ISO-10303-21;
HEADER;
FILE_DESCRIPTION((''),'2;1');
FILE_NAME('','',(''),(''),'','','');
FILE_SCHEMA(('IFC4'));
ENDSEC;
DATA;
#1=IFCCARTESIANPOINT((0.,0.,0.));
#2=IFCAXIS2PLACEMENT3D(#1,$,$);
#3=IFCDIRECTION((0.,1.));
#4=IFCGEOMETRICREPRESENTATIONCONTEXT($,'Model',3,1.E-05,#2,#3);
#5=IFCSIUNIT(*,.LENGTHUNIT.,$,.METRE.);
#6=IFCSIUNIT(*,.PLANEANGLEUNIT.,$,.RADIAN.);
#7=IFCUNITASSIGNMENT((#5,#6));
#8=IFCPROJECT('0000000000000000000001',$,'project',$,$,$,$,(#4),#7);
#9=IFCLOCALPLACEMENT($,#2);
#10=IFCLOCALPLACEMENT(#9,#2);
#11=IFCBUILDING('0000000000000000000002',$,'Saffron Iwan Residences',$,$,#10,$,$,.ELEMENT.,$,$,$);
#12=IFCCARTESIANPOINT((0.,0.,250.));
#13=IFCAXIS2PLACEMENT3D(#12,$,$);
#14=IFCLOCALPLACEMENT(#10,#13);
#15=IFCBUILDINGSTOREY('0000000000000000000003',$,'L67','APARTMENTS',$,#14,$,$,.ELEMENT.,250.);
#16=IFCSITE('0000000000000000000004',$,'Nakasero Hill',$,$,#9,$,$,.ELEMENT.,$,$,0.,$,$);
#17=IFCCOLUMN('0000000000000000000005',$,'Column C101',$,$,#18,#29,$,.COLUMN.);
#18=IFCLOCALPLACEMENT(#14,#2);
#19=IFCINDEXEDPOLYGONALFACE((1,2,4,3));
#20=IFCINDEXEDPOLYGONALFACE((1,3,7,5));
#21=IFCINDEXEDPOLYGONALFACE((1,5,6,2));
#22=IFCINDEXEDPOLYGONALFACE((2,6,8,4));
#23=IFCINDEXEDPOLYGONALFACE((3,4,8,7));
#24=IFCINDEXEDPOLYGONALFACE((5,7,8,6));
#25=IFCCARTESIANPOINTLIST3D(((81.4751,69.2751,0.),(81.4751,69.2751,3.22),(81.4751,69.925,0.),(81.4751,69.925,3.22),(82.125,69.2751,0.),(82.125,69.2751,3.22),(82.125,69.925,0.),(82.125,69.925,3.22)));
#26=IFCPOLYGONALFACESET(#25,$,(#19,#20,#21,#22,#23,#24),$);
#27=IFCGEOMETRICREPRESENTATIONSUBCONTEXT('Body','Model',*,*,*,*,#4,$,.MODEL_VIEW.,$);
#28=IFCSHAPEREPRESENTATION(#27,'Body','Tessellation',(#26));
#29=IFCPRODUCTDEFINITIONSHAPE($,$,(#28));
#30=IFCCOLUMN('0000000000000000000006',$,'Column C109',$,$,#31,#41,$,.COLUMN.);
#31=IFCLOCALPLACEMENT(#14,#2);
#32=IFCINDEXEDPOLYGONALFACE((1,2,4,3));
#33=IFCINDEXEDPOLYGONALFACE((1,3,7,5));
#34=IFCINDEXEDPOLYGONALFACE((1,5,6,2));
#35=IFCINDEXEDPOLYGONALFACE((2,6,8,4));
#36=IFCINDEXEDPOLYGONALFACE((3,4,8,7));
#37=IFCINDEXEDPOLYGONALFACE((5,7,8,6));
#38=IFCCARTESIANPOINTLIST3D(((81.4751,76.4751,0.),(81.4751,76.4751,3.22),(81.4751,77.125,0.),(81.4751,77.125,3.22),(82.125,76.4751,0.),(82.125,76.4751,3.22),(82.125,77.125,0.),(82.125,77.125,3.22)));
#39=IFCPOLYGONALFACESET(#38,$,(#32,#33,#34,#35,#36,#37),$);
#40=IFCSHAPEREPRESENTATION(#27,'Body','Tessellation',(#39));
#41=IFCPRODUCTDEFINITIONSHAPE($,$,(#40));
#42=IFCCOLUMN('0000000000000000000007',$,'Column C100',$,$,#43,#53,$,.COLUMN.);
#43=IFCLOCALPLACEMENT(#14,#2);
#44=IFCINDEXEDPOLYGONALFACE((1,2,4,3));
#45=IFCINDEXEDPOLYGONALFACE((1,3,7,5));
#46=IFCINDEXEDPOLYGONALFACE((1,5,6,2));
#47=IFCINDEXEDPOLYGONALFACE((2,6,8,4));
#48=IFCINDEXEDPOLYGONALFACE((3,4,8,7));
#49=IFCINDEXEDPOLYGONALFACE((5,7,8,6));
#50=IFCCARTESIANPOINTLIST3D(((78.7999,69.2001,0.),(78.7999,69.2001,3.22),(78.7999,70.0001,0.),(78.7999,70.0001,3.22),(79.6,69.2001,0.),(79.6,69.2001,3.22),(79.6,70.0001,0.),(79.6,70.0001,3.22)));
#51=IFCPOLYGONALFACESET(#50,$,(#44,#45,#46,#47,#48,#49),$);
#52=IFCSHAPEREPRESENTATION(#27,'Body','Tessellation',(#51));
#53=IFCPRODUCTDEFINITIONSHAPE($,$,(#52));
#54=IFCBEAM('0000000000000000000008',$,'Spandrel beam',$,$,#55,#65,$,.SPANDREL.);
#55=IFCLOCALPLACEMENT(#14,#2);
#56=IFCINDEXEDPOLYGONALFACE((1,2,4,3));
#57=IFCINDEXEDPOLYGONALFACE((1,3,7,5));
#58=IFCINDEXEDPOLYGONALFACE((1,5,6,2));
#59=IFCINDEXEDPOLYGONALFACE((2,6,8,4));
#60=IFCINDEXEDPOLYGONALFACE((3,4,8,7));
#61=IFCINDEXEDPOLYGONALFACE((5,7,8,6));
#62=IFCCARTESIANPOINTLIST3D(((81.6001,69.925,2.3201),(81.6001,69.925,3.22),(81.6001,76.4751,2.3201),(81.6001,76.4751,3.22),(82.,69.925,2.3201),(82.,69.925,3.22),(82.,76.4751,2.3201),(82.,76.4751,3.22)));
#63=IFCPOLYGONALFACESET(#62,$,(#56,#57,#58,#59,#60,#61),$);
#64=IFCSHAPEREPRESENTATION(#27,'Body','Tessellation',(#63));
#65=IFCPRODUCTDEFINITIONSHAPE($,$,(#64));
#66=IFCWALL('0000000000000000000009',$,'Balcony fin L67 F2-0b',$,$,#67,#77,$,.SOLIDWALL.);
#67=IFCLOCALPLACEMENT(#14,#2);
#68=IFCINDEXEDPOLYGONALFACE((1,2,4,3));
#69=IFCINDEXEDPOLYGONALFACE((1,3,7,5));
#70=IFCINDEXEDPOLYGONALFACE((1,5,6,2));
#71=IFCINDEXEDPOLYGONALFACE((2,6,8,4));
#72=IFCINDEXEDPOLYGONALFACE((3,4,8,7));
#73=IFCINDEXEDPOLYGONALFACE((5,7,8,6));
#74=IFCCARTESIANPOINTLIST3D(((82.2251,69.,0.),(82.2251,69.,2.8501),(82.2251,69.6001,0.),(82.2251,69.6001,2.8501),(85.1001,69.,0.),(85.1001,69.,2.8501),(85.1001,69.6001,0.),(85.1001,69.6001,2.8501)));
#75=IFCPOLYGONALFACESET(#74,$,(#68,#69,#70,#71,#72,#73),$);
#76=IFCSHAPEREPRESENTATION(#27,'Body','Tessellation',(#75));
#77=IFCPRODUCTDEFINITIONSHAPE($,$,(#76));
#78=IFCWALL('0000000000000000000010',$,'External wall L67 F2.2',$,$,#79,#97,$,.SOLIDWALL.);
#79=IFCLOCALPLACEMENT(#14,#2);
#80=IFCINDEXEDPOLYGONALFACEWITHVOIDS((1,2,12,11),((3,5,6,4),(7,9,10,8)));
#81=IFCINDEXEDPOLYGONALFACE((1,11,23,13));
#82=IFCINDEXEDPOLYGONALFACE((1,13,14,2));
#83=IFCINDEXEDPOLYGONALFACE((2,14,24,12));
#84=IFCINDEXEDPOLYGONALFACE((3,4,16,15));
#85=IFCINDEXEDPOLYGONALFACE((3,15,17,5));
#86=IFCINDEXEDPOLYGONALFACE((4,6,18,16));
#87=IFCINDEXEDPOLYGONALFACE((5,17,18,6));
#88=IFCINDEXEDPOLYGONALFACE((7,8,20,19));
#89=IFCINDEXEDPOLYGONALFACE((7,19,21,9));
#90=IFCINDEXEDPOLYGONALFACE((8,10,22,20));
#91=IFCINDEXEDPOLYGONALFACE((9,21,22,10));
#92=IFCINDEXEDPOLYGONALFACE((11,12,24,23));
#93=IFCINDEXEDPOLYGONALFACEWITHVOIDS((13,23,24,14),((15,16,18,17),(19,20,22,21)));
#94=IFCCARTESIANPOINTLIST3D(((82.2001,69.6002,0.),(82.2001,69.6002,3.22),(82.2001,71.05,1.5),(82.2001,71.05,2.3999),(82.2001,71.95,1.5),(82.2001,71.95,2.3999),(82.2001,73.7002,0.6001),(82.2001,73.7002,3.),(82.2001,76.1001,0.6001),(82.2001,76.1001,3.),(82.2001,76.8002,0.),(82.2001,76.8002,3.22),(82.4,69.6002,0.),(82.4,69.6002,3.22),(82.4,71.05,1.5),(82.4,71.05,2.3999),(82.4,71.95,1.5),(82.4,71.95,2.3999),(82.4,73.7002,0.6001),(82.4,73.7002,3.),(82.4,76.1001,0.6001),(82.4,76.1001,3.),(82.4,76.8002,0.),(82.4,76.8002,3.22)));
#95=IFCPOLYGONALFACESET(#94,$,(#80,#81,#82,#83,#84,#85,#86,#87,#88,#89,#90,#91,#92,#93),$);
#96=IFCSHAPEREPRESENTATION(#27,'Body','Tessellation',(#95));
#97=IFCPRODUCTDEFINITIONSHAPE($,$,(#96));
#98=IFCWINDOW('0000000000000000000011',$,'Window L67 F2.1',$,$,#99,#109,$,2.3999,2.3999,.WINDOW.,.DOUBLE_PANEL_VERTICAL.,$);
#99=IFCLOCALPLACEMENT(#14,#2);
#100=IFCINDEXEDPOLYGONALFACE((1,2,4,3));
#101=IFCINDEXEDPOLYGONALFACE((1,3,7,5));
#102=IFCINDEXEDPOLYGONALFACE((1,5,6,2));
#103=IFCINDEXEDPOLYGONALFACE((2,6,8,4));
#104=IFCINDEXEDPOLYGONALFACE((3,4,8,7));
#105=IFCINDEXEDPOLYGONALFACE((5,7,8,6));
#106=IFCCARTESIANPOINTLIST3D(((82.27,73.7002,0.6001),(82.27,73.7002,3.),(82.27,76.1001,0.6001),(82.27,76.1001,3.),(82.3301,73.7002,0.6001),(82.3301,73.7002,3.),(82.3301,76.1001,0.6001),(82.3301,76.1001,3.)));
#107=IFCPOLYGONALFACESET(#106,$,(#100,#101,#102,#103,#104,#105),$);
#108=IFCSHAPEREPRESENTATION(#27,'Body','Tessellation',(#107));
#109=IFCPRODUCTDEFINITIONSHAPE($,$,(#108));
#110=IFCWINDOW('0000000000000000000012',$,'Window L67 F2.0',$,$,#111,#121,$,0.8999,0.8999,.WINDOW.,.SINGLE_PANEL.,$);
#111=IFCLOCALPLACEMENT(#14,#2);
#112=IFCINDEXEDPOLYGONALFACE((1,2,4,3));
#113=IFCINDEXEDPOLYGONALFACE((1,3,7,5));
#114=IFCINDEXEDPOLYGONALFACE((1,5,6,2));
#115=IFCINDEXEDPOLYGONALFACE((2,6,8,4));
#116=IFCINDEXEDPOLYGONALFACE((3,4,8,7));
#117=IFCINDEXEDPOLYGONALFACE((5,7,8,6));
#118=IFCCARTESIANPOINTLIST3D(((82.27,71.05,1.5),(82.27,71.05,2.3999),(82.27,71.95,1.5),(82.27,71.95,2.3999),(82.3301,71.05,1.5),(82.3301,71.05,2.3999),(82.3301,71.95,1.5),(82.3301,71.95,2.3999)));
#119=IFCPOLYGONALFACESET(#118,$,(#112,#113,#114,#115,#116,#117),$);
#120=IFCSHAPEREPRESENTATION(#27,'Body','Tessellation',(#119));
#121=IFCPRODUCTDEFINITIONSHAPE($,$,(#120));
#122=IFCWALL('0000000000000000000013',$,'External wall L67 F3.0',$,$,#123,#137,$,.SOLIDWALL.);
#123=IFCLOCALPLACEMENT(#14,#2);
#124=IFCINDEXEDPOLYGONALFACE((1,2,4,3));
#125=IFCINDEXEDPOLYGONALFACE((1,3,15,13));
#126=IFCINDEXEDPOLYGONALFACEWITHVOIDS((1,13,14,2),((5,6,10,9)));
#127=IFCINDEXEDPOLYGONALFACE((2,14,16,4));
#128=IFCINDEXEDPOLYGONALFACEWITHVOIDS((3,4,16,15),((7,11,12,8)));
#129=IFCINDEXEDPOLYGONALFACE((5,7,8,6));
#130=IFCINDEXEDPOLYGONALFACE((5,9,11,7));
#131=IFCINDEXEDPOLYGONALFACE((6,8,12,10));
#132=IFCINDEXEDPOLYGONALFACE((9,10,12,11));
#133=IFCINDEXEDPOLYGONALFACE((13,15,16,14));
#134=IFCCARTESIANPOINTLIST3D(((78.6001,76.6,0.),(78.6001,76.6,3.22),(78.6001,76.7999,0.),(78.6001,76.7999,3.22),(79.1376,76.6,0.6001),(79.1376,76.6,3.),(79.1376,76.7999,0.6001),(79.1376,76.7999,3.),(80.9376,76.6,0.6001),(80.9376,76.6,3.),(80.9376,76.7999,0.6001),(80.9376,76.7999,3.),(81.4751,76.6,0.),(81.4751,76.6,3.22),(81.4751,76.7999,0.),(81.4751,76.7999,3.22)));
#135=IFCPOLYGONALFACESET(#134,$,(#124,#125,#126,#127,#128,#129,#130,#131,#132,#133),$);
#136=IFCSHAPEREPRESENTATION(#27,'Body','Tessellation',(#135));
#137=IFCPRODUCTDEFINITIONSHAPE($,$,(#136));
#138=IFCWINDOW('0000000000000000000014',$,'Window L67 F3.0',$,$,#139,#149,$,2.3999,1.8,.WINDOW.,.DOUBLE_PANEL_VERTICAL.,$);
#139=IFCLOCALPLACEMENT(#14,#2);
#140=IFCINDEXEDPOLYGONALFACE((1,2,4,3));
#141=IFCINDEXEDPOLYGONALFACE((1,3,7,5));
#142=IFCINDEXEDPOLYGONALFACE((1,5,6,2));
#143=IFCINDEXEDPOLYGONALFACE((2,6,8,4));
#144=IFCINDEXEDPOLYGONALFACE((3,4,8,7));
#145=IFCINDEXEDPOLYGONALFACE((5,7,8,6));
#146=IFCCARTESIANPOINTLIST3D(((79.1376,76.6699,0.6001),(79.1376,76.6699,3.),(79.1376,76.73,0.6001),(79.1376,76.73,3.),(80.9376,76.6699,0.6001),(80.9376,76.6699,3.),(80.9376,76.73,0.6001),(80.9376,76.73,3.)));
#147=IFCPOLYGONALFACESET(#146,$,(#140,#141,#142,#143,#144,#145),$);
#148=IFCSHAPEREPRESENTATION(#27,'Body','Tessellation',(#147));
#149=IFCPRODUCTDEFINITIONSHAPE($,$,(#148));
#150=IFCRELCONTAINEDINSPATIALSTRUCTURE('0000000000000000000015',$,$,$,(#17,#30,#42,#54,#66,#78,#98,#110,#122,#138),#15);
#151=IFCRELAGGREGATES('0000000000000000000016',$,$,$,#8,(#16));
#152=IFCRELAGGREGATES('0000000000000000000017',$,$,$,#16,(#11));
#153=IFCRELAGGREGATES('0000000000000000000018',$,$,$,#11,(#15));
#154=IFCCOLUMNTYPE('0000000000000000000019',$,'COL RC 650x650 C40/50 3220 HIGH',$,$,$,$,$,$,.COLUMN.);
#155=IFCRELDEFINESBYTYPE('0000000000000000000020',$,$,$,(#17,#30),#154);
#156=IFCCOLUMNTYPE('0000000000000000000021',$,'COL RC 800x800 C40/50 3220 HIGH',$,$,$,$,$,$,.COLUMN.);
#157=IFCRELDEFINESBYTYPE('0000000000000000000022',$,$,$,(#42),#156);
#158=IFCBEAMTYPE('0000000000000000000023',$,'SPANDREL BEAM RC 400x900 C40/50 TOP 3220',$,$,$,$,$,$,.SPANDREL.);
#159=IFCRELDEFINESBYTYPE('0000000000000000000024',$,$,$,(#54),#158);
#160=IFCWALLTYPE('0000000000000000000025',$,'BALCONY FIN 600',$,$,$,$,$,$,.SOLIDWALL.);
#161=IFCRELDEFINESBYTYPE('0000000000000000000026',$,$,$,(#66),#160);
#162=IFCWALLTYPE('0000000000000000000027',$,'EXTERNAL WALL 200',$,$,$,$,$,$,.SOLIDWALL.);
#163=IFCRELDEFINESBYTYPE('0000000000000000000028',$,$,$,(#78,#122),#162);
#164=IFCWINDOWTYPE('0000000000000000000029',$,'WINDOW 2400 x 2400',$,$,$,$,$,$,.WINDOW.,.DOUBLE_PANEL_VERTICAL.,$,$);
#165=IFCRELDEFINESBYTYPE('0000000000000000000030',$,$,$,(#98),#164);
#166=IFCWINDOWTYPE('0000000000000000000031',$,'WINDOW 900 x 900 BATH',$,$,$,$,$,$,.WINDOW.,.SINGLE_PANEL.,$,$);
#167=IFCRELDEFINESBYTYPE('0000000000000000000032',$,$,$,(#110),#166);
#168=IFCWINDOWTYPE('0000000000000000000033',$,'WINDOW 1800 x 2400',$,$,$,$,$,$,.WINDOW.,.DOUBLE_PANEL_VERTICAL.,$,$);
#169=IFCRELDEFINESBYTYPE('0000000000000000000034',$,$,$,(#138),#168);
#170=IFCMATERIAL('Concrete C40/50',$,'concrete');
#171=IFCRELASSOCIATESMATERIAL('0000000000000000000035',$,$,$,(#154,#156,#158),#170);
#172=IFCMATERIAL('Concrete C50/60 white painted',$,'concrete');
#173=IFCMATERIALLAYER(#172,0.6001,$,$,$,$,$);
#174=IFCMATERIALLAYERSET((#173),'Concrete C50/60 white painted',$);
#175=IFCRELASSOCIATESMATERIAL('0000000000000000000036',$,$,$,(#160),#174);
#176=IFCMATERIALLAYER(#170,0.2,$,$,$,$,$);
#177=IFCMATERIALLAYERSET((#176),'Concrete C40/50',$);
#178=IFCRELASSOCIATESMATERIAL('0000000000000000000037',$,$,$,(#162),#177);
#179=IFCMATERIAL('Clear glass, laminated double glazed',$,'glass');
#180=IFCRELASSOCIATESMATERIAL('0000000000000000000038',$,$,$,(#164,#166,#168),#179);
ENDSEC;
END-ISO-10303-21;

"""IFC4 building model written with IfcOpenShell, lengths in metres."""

from ifc_helpers import new_model, si_unit, direction, frame, frame_2d, origin, origin_2d, place, context, subcontext, project, spatial, rectangle, extrude, source, transform, mapped, material, layer, layer_set, material_profile, profile_set, type_object, element, fill, save


model = new_model("IFC4")

# Units and contexts
model_context = context("Model", 3, precision=1e-05, world=origin(), true_north=direction((0.0, 1.0)))
body_context = subcontext(model_context, "Body", "Model", "MODEL_VIEW")
ifc_project = project(units=[si_unit("LENGTHUNIT", "METRE"), si_unit("PLANEANGLEUNIT", "RADIAN")], contexts=[model_context])

# Site, building, storey
site_placement = place(None, origin())
site = spatial("IfcSite", under=ifc_project, at=site_placement, Name="Nakasero Hill", CompositionType="ELEMENT", RefElevation=0.0)
building_placement = place(site_placement, origin())
building = spatial("IfcBuilding", under=site, at=building_placement, Name="Saffron Iwan Residences", CompositionType="ELEMENT")
storey_placement = place(building_placement, frame((0.0, 0.0, 250.0)))
storey = spatial("IfcBuildingStorey", under=building, at=storey_placement, Name="L67", Description="APARTMENTS", CompositionType="ELEMENT", Elevation=250.0)

# Columns
ifc_material_1 = material(Name="Concrete C40/50", Category="concrete")
ifc_material_profile_1 = material_profile(ifc_material_1, rectangle(XDim=0.6499, YDim=0.6499, at=origin_2d()), Name="RC 650x650")
ifc_profile_set_1 = profile_set([ifc_material_profile_1], Name="Concrete C40/50")
column_type_1 = type_object("IfcColumnType", Name="COL RC 650x650 C40/50 3220 HIGH", PredefinedType="COLUMN", material=ifc_profile_set_1)
shared_shape_1 = source(origin(), body_context, "Body", "SweptSolid", [
    extrude(rectangle(XDim=0.6499, YDim=0.6499, at=origin_2d()), origin(), (0.0, 0.0, 1.0), 3.22),
])
for number, where, z_axis, x_axis, name in (
    (1, (81.8, 69.6001, 0.0), (0.0, 0.0, 1.0), (1.0, 0.0, 0.0), "Column C101"),
    (2, (81.8, 76.8, 0.0), (0.0, 0.0, 1.0), (1.0, 0.0, 0.0), "Column C109"),
):
    element("IfcColumn", number, at=place(storey_placement, frame(where, z_axis=z_axis, x_axis=x_axis)), inside=storey, type_object=column_type_1, Name=name, PredefinedType="COLUMN", context=body_context, shape_type="MappedRepresentation", body=[
        mapped(shared_shape_1, transform((0.0, 0.0, 0.0))),
    ])
ifc_material_profile_2 = material_profile(ifc_material_1, rectangle(XDim=0.8, YDim=0.8, at=origin_2d()), Name="RC 800x800")
ifc_profile_set_2 = profile_set([ifc_material_profile_2], Name="Concrete C40/50")
column_type_2 = type_object("IfcColumnType", Name="COL RC 800x800 C40/50 3220 HIGH", PredefinedType="COLUMN", material=ifc_profile_set_2)
shared_shape_2 = source(origin(), body_context, "Body", "SweptSolid", [
    extrude(rectangle(XDim=0.8, YDim=0.8, at=origin_2d()), origin(), (0.0, 0.0, 1.0), 3.22),
])
column_placement = place(storey_placement, frame((79.2, 69.6001, 0.0), z_axis=(0.0, 0.0, 1.0), x_axis=(1.0, 0.0, 0.0)))
element("IfcColumn", 3, at=column_placement, inside=storey, type_object=column_type_2, Name="Column C100", PredefinedType="COLUMN", context=body_context, shape_type="MappedRepresentation", body=[
    mapped(shared_shape_2, transform((0.0, 0.0, 0.0))),
])

# Beam
ifc_material_profile_3 = material_profile(ifc_material_1, rectangle(XDim=0.3999, YDim=0.8999, at=origin_2d()), Name="RC 400x900")
ifc_profile_set_3 = profile_set([ifc_material_profile_3], Name="Concrete C40/50")
beam_type = type_object("IfcBeamType", Name="SPANDREL BEAM RC 400x900 C40/50 TOP 3220", PredefinedType="SPANDREL", material=ifc_profile_set_3)
shared_shape_3 = source(origin(), body_context, "Body", "SweptSolid", [
    extrude(rectangle(XDim=0.3999, YDim=0.8999, at=origin_2d()), origin(), (0.0, 0.0, 1.0), 6.55),
])
beam_placement = place(storey_placement, frame((81.8, 76.4751, 2.77), z_axis=(0.0, -1.0, 0.0), x_axis=(1.0, 0.0, 0.0)))
element("IfcBeam", 4, at=beam_placement, inside=storey, type_object=beam_type, Name="Spandrel beam", PredefinedType="SPANDREL", context=body_context, shape_type="MappedRepresentation", body=[
    mapped(shared_shape_3, transform((0.0, 0.0, 0.0))),
])

# Wall
ifc_material_2 = material(Name="Concrete C50/60 white painted", Category="concrete")
ifc_layer_1 = layer(ifc_material_2, 0.6001)
ifc_layer_set_1 = layer_set([ifc_layer_1], Name="Concrete C50/60 white painted")
wall_type_1 = type_object("IfcWallType", Name="BALCONY FIN 600", PredefinedType="SOLIDWALL", material=ifc_layer_set_1)
wall_1_placement = place(storey_placement, frame((82.2251, 69.3, 0.0), z_axis=(0.0, 0.0, 1.0), x_axis=(1.0, 0.0, 0.0)))
element("IfcWall", 5, at=wall_1_placement, inside=storey, type_object=wall_type_1, Name="Balcony fin L67 F2-0b", PredefinedType="SOLIDWALL", context=body_context, shape_type="SweptSolid", body=[
    extrude(rectangle(XDim=2.875, YDim=0.6001, at=frame_2d((1.4375, 0.0))), origin(), (0.0, 0.0, 1.0), 2.8501),
])

# Wall, openings, windows
ifc_layer_2 = layer(ifc_material_1, 0.2)
ifc_layer_set_2 = layer_set([ifc_layer_2], Name="Concrete C40/50")
wall_type_2 = type_object("IfcWallType", Name="EXTERNAL WALL 200", PredefinedType="SOLIDWALL", material=ifc_layer_set_2)
wall_2_placement = place(storey_placement, frame((82.3, 69.6001, 0.0), z_axis=(0.0, 0.0, 1.0), x_axis=(0.0, 1.0, 0.0)))
wall_2 = element("IfcWall", 6, at=wall_2_placement, inside=storey, type_object=wall_type_2, Name="External wall L67 F2.2", PredefinedType="SOLIDWALL", context=body_context, shape_type="SweptSolid", body=[
    extrude(rectangle(XDim=7.2, YDim=0.2, at=frame_2d((3.6001, 0.0))), origin(), (0.0, 0.0, 1.0), 3.22),
])
opening_1_placement = place(wall_2_placement, frame((1.45, 0.0, 1.5)))
opening_1 = element("IfcOpeningElement", 7, at=opening_1_placement, cuts=wall_2, PredefinedType="OPENING", context=body_context, shape_type="SweptSolid", body=[
    extrude(rectangle(XDim=0.8999, YDim=0.8999, at=frame_2d((0.45, 0.45))), frame((0.0, 0.1099, 0.0), z_axis=(0.0, -1.0, 0.0), x_axis=(1.0, 0.0, 0.0)), (0.0, 0.0, 1.0), 0.22),
])
opening_2_placement = place(wall_2_placement, frame((4.1001, 0.0, 0.6001)))
opening_2 = element("IfcOpeningElement", 8, at=opening_2_placement, cuts=wall_2, PredefinedType="OPENING", context=body_context, shape_type="SweptSolid", body=[
    extrude(rectangle(XDim=2.3999, YDim=2.3999, at=frame_2d((1.2, 1.2))), frame((0.0, 0.1099, 0.0), z_axis=(0.0, -1.0, 0.0), x_axis=(1.0, 0.0, 0.0)), (0.0, 0.0, 1.0), 0.22),
])
ifc_material_3 = material(Name="Clear glass, laminated double glazed", Category="glass")
window_type_1 = type_object("IfcWindowType", Name="WINDOW 2400 x 2400", PartitioningType="DOUBLE_PANEL_VERTICAL", PredefinedType="WINDOW", material=ifc_material_3)
window_1_placement = place(opening_2_placement, origin())
window_1 = element("IfcWindow", 9, at=window_1_placement, inside=storey, type_object=window_type_1, Name="Window L67 F2.1", OverallHeight=2.3999, OverallWidth=2.3999, PartitioningType="DOUBLE_PANEL_VERTICAL", PredefinedType="WINDOW", context=body_context, shape_type="SweptSolid", body=[
    extrude(rectangle(XDim=2.3999, YDim=2.3999, at=frame_2d((1.2, 1.2))), frame((0.0, 0.03, 0.0), z_axis=(0.0, -1.0, 0.0), x_axis=(1.0, 0.0, 0.0)), (0.0, 0.0, 1.0), 0.0601),
])
fill(opening_2, window_1)
window_type_2 = type_object("IfcWindowType", Name="WINDOW 900 x 900 BATH", PartitioningType="SINGLE_PANEL", PredefinedType="WINDOW", material=ifc_material_3)
window_2_placement = place(opening_1_placement, origin())
window_2 = element("IfcWindow", 10, at=window_2_placement, inside=storey, type_object=window_type_2, Name="Window L67 F2.0", OverallHeight=0.8999, OverallWidth=0.8999, PartitioningType="SINGLE_PANEL", PredefinedType="WINDOW", context=body_context, shape_type="SweptSolid", body=[
    extrude(rectangle(XDim=0.8999, YDim=0.8999, at=frame_2d((0.45, 0.45))), frame((0.0, 0.03, 0.0), z_axis=(0.0, -1.0, 0.0), x_axis=(1.0, 0.0, 0.0)), (0.0, 0.0, 1.0), 0.0601),
])
fill(opening_1, window_2)

# Wall, opening, window
wall_3_placement = place(storey_placement, frame((81.4751, 76.7, 0.0), z_axis=(0.0, 0.0, 1.0), x_axis=(-1.0, 0.0, 0.0)))
wall_3 = element("IfcWall", 11, at=wall_3_placement, inside=storey, type_object=wall_type_2, Name="External wall L67 F3.0", PredefinedType="SOLIDWALL", context=body_context, shape_type="SweptSolid", body=[
    extrude(rectangle(XDim=2.875, YDim=0.2, at=frame_2d((1.4375, 0.0))), origin(), (0.0, 0.0, 1.0), 3.22),
])
opening_3_placement = place(wall_3_placement, frame((0.5376, 0.0, 0.6001)))
opening_3 = element("IfcOpeningElement", 12, at=opening_3_placement, cuts=wall_3, PredefinedType="OPENING", context=body_context, shape_type="SweptSolid", body=[
    extrude(rectangle(XDim=1.8, YDim=2.3999, at=frame_2d((0.8999, 1.2))), frame((0.0, 0.1099, 0.0), z_axis=(0.0, -1.0, 0.0), x_axis=(1.0, 0.0, 0.0)), (0.0, 0.0, 1.0), 0.22),
])
window_type_3 = type_object("IfcWindowType", Name="WINDOW 1800 x 2400", PartitioningType="DOUBLE_PANEL_VERTICAL", PredefinedType="WINDOW", material=ifc_material_3)
window_3_placement = place(opening_3_placement, origin())
window_3 = element("IfcWindow", 13, at=window_3_placement, inside=storey, type_object=window_type_3, Name="Window L67 F3.0", OverallHeight=2.3999, OverallWidth=1.8, PartitioningType="DOUBLE_PANEL_VERTICAL", PredefinedType="WINDOW", context=body_context, shape_type="SweptSolid", body=[
    extrude(rectangle(XDim=1.8, YDim=2.3999, at=frame_2d((0.8999, 1.2))), frame((0.0, 0.03, 0.0), z_axis=(0.0, -1.0, 0.0), x_axis=(1.0, 0.0, 0.0)), (0.0, 0.0, 1.0), 0.0601),
])
fill(opening_3, window_3)

save(model, "model.ifc")
